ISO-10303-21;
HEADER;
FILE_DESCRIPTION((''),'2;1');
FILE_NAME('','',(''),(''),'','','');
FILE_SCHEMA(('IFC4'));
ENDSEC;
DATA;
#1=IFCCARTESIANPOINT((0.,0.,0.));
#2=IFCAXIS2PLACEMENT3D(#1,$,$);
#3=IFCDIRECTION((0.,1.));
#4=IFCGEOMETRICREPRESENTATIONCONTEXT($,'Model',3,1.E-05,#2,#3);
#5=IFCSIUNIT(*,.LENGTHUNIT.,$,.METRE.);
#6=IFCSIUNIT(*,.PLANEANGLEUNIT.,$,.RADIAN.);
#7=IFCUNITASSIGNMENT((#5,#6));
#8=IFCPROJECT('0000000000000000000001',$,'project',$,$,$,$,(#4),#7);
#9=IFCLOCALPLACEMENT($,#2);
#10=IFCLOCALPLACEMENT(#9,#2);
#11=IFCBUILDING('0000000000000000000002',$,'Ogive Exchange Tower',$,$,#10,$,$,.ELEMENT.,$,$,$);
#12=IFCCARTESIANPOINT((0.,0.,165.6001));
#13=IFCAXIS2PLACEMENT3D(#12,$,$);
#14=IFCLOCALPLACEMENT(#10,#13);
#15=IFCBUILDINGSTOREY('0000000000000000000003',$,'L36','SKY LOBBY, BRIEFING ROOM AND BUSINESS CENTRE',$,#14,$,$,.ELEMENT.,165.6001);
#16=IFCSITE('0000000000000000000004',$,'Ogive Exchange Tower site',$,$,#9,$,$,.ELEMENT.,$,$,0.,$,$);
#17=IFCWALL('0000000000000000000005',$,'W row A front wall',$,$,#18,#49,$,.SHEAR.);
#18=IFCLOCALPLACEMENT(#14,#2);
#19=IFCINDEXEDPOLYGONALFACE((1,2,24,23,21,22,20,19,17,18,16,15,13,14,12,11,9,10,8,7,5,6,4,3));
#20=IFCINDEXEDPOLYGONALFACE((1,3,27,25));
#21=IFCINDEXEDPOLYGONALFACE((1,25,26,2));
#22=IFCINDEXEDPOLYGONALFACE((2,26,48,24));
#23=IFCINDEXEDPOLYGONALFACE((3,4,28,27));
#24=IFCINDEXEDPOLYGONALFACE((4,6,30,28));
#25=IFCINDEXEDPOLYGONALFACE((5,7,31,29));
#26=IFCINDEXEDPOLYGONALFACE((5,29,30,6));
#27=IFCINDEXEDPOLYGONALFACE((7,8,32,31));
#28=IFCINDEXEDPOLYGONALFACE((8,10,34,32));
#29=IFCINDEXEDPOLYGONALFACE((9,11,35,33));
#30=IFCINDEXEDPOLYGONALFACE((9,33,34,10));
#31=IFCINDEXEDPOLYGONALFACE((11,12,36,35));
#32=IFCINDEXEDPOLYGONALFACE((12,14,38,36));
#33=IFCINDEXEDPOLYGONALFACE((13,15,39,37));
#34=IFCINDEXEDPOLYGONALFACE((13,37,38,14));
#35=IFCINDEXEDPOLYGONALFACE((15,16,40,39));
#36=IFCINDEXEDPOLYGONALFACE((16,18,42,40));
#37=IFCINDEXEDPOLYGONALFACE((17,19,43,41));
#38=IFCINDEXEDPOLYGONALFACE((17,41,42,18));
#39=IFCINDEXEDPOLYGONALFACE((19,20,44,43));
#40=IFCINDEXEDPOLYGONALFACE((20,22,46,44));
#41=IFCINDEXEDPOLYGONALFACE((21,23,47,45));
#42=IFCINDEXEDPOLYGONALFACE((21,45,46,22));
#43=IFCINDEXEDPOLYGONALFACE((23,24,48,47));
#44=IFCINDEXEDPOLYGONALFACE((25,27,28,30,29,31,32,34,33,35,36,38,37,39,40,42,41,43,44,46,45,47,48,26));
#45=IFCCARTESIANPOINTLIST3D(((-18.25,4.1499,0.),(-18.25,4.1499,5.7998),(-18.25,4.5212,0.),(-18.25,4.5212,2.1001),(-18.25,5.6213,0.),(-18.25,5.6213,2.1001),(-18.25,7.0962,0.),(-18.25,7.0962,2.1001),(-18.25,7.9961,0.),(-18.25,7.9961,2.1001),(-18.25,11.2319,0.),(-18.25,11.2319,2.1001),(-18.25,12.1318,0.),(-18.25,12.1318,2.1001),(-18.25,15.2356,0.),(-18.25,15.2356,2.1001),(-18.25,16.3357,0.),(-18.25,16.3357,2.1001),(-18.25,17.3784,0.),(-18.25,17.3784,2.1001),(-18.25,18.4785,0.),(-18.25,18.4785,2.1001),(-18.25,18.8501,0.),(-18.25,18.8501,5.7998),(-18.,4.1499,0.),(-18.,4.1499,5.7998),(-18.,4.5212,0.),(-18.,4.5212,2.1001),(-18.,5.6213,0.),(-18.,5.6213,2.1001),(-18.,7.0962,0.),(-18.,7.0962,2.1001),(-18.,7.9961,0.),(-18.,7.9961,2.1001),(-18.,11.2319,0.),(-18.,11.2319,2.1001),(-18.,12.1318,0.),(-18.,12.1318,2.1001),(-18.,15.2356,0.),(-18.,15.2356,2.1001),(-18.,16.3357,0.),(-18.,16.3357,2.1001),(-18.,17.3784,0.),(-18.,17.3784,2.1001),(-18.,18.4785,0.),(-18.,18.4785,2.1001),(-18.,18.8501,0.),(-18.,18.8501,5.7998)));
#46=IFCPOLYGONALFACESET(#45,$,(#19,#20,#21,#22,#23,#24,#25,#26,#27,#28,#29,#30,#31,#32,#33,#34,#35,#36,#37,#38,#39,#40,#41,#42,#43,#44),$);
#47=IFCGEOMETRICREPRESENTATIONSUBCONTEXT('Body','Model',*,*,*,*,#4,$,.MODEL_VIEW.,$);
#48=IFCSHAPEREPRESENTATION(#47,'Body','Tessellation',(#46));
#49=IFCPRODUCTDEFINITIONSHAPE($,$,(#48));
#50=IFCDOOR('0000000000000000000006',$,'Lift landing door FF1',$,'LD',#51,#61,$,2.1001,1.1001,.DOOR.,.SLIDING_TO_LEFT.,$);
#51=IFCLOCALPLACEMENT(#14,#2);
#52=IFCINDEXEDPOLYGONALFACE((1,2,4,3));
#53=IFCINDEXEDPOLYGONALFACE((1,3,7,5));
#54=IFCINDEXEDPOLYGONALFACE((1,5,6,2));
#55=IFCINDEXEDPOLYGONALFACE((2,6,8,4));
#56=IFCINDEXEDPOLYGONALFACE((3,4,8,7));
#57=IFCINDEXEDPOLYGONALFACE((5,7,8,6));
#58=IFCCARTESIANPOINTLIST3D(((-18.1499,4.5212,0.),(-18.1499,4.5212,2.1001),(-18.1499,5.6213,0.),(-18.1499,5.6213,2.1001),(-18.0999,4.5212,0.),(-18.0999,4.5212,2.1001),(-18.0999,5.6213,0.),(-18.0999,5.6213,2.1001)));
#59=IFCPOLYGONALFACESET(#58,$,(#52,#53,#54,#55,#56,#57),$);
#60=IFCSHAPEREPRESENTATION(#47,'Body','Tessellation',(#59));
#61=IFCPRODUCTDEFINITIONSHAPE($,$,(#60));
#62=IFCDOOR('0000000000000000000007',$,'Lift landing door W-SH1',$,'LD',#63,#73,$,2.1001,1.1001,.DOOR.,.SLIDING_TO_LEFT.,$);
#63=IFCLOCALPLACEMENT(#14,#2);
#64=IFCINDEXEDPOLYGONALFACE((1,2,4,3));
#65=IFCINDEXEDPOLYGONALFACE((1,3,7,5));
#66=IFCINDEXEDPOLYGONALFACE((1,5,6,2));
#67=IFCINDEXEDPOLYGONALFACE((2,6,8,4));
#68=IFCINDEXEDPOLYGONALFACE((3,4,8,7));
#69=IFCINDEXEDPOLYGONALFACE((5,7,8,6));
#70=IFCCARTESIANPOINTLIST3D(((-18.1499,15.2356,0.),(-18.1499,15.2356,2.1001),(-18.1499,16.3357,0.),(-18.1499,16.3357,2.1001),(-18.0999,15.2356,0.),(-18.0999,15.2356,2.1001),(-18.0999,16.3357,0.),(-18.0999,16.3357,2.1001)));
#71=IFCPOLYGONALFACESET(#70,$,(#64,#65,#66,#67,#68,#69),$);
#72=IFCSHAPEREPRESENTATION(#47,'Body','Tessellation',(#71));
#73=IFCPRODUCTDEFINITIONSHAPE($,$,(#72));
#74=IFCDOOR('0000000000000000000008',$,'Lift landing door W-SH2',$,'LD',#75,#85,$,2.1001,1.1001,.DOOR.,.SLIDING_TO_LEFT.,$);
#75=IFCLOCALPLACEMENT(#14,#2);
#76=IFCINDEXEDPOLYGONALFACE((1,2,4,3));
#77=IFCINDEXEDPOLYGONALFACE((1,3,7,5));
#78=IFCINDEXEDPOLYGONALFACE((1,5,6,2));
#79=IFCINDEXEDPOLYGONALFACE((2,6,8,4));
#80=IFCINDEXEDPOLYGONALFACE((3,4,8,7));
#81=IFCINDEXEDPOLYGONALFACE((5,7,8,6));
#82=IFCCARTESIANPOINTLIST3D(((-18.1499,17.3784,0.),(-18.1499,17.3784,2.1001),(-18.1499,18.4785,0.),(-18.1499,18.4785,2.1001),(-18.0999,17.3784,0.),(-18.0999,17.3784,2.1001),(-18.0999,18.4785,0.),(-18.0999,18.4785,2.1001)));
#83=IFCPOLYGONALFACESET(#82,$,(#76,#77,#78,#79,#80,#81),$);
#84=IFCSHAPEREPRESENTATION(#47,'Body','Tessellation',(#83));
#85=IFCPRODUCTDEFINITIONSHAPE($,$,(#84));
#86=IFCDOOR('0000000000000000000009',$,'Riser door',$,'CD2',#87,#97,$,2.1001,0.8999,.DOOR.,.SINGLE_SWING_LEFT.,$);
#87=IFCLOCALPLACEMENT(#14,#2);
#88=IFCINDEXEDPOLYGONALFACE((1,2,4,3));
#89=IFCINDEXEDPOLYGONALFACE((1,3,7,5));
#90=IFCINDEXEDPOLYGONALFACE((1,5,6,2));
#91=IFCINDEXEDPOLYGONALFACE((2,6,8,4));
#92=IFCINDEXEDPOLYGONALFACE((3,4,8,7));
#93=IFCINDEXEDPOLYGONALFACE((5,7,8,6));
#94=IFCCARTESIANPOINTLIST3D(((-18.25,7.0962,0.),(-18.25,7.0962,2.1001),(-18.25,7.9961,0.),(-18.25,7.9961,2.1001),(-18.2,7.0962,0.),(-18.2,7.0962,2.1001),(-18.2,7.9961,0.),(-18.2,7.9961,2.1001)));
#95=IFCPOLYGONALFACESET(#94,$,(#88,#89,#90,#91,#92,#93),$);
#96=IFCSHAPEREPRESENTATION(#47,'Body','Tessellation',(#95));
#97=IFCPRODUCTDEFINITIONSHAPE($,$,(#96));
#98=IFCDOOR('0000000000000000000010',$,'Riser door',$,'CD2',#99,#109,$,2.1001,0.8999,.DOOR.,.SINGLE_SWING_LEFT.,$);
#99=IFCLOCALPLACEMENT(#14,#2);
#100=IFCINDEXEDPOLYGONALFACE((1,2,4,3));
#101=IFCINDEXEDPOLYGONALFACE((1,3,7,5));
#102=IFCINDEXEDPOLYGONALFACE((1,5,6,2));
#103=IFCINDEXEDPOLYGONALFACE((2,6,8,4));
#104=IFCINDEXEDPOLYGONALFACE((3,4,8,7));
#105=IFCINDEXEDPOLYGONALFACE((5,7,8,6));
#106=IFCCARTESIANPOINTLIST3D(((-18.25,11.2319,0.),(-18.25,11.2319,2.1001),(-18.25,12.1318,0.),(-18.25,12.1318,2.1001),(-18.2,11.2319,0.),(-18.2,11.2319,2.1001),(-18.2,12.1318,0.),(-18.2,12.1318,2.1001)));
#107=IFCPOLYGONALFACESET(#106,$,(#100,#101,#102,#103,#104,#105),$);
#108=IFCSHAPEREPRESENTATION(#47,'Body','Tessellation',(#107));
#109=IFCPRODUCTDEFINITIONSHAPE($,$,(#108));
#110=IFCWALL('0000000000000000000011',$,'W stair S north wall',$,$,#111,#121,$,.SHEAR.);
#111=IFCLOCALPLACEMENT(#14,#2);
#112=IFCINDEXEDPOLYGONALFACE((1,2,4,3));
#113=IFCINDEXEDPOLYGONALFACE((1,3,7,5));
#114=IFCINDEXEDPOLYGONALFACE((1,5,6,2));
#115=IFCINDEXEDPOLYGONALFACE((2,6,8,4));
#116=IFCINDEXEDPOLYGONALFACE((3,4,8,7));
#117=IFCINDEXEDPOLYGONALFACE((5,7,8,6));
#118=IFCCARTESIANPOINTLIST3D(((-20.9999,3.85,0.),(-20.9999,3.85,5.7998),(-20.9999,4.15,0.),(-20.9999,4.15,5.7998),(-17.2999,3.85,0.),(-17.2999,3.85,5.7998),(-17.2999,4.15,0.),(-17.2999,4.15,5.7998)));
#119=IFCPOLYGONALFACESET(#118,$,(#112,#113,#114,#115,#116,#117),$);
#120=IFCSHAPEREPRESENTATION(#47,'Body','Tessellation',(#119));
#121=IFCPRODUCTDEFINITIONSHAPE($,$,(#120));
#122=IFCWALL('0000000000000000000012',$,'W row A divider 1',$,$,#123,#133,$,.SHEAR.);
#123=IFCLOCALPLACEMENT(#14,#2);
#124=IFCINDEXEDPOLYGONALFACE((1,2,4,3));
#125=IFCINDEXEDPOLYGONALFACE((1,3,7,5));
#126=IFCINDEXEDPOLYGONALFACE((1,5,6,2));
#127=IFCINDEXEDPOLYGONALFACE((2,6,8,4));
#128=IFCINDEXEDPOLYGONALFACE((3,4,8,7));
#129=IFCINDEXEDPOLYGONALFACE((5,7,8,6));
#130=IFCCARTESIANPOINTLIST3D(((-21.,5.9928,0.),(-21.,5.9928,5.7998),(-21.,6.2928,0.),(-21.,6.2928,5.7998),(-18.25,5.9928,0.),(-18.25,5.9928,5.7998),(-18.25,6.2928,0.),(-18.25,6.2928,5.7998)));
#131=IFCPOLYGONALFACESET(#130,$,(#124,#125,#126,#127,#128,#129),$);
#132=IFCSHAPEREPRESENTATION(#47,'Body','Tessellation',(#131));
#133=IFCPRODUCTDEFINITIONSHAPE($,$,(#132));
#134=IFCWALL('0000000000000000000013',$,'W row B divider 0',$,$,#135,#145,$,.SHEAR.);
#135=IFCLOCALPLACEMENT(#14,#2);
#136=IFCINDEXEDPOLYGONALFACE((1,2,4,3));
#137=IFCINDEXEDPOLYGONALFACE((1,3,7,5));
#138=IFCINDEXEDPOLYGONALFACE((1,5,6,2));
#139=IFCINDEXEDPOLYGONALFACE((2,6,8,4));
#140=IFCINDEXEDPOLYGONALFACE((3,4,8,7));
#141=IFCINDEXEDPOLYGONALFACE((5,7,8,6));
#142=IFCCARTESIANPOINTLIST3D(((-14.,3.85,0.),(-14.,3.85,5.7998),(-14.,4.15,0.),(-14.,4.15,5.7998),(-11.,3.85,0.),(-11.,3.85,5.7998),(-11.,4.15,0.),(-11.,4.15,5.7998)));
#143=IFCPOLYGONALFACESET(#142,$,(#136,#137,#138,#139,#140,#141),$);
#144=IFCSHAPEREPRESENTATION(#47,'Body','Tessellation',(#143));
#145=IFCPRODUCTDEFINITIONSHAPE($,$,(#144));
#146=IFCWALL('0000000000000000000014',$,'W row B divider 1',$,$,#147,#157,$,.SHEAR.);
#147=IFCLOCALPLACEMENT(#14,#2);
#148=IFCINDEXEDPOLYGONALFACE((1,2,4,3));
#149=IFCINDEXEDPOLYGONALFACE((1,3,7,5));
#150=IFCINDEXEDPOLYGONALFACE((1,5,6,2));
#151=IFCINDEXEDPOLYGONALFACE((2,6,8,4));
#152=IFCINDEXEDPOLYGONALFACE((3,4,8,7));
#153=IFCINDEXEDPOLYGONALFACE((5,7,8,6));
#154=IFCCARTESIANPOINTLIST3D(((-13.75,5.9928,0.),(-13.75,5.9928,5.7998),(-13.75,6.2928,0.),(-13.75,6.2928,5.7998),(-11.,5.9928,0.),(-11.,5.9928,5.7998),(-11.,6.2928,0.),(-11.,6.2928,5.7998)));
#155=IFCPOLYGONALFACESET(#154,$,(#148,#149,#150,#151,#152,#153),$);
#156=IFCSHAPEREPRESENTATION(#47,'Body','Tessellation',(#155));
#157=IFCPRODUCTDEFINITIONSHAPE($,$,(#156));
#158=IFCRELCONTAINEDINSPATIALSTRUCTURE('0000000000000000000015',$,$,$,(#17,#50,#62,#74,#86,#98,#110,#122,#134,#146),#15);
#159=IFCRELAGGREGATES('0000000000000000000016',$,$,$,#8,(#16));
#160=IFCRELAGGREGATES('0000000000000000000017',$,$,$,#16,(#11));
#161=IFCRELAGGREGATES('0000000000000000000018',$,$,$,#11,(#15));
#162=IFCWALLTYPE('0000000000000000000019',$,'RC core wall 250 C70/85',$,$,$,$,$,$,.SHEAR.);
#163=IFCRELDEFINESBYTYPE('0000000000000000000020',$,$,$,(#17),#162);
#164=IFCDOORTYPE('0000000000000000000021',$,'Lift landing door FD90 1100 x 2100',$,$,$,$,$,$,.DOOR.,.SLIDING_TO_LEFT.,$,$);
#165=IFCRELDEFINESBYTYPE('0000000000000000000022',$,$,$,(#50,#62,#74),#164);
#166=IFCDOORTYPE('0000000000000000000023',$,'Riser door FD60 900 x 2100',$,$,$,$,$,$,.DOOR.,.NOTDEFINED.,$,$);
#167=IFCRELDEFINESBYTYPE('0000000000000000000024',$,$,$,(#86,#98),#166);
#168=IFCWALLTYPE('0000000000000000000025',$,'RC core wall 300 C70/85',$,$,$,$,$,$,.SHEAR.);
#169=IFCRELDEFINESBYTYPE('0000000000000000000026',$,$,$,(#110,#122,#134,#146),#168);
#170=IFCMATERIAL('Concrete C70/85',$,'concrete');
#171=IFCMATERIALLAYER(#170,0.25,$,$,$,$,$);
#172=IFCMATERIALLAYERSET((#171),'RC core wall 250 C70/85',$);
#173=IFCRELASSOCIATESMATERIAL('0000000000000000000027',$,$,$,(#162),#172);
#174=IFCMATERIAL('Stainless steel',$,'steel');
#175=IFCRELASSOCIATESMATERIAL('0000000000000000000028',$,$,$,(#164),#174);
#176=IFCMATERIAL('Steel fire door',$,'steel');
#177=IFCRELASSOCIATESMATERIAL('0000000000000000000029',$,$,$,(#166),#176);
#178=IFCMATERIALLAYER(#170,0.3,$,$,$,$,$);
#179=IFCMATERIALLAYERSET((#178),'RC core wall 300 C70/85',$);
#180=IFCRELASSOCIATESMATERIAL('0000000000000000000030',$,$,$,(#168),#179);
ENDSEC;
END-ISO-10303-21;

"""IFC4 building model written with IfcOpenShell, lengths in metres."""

from ifc_helpers import new_model, si_unit, direction, frame, frame_2d, origin, place, context, subcontext, project, spatial, rectangle, extrude, material, layer, layer_set, type_object, element, fill, save


model = new_model("IFC4")

# Units and contexts
model_context = context("Model", 3, precision=1e-05, world=origin(), true_north=direction((0.0, 1.0)))
body_context = subcontext(model_context, "Body", "Model", "MODEL_VIEW")
ifc_project = project(units=[si_unit("LENGTHUNIT", "METRE"), si_unit("PLANEANGLEUNIT", "RADIAN")], contexts=[model_context])

# Site, building, storey
site_placement = place(None, origin())
site = spatial("IfcSite", under=ifc_project, at=site_placement, Name="Ogive Exchange Tower site", CompositionType="ELEMENT", RefElevation=0.0)
building_placement = place(site_placement, origin())
building = spatial("IfcBuilding", under=site, at=building_placement, Name="Ogive Exchange Tower", CompositionType="ELEMENT")
storey_placement = place(building_placement, frame((0.0, 0.0, 165.6001)))
storey = spatial("IfcBuildingStorey", under=building, at=storey_placement, Name="L36", Description="SKY LOBBY, BRIEFING ROOM AND BUSINESS CENTRE", CompositionType="ELEMENT", Elevation=165.6001)

# Shared definitions
ifc_material_1 = material(Name="Concrete C70/85", Category="concrete")
ifc_material_2 = material(Name="Steel fire door", Category="steel")

# Wall, openings, doors
ifc_layer_1 = layer(ifc_material_1, 0.25)
ifc_layer_set_1 = layer_set([ifc_layer_1], Name="RC core wall 250 C70/85")
wall_type_1 = type_object("IfcWallType", Name="RC core wall 250 C70/85", PredefinedType="SHEAR", material=ifc_layer_set_1)
wall_1_placement = place(storey_placement, frame((-18.125, 4.1499, 0.0), z_axis=(0.0, 0.0, 1.0), x_axis=(0.0, 1.0, 0.0)))
wall_1 = element("IfcWall", 1, at=wall_1_placement, inside=storey, type_object=wall_type_1, Name="W row A front wall", PredefinedType="SHEAR", context=body_context, shape_type="SweptSolid", body=[
    extrude(rectangle(XDim=14.7002, YDim=0.25, at=frame_2d((7.3501, 0.0))), origin(), (0.0, 0.0, 1.0), 5.7998),
])
opening_1_placement = place(wall_1_placement, frame((2.9463, 0.0, 0.0)))
opening_1 = element("IfcOpeningElement", 2, at=opening_1_placement, cuts=wall_1, PredefinedType="OPENING", context=body_context, shape_type="SweptSolid", body=[
    extrude(rectangle(XDim=0.8999, YDim=2.1001, at=frame_2d((0.45, 1.05))), frame((0.0, 0.135, 0.0), z_axis=(0.0, -1.0, 0.0), x_axis=(1.0, 0.0, 0.0)), (0.0, 0.0, 1.0), 0.27),
])
opening_2_placement = place(wall_1_placement, frame((7.082, 0.0, 0.0)))
opening_2 = element("IfcOpeningElement", 3, at=opening_2_placement, cuts=wall_1, PredefinedType="OPENING", context=body_context, shape_type="SweptSolid", body=[
    extrude(rectangle(XDim=0.8999, YDim=2.1001, at=frame_2d((0.45, 1.05))), frame((0.0, 0.135, 0.0), z_axis=(0.0, -1.0, 0.0), x_axis=(1.0, 0.0, 0.0)), (0.0, 0.0, 1.0), 0.27),
])
opening_3_placement = place(wall_1_placement, frame((0.3713, 0.0, 0.0)))
opening_3 = element("IfcOpeningElement", 4, at=opening_3_placement, cuts=wall_1, PredefinedType="OPENING", context=body_context, shape_type="SweptSolid", body=[
    extrude(rectangle(XDim=1.1001, YDim=2.1001, at=frame_2d((0.55, 1.05))), frame((0.0, 0.135, 0.0), z_axis=(0.0, -1.0, 0.0), x_axis=(1.0, 0.0, 0.0)), (0.0, 0.0, 1.0), 0.27),
])
opening_4_placement = place(wall_1_placement, frame((11.0857, 0.0, 0.0)))
opening_4 = element("IfcOpeningElement", 5, at=opening_4_placement, cuts=wall_1, PredefinedType="OPENING", context=body_context, shape_type="SweptSolid", body=[
    extrude(rectangle(XDim=1.1001, YDim=2.1001, at=frame_2d((0.55, 1.05))), frame((0.0, 0.135, 0.0), z_axis=(0.0, -1.0, 0.0), x_axis=(1.0, 0.0, 0.0)), (0.0, 0.0, 1.0), 0.27),
])
opening_5_placement = place(wall_1_placement, frame((13.2285, 0.0, 0.0)))
opening_5 = element("IfcOpeningElement", 6, at=opening_5_placement, cuts=wall_1, PredefinedType="OPENING", context=body_context, shape_type="SweptSolid", body=[
    extrude(rectangle(XDim=1.1001, YDim=2.1001, at=frame_2d((0.55, 1.05))), frame((0.0, 0.135, 0.0), z_axis=(0.0, -1.0, 0.0), x_axis=(1.0, 0.0, 0.0)), (0.0, 0.0, 1.0), 0.27),
])
ifc_material_3 = material(Name="Stainless steel", Category="steel")
door_type_1 = type_object("IfcDoorType", Name="Lift landing door FD90 1100 x 2100", OperationType="SLIDING_TO_LEFT", PredefinedType="DOOR", material=ifc_material_3)
door_1_placement = place(opening_3_placement, origin())
door_1 = element("IfcDoor", 7, at=door_1_placement, inside=storey, type_object=door_type_1, Name="Lift landing door FF1", ObjectType="LD", OperationType="SLIDING_TO_LEFT", OverallHeight=2.1001, OverallWidth=1.1001, PredefinedType="DOOR", context=body_context, shape_type="SweptSolid", body=[
    extrude(rectangle(XDim=1.1001, YDim=2.1001, at=frame_2d((0.55, 1.05))), frame((0.0, 0.0249, 0.0), z_axis=(0.0, -1.0, 0.0), x_axis=(1.0, 0.0, 0.0)), (0.0, 0.0, 1.0), 0.05),
])
fill(opening_3, door_1)
door_2_placement = place(opening_4_placement, origin())
door_2 = element("IfcDoor", 8, at=door_2_placement, inside=storey, type_object=door_type_1, Name="Lift landing door W-SH1", ObjectType="LD", OperationType="SLIDING_TO_LEFT", OverallHeight=2.1001, OverallWidth=1.1001, PredefinedType="DOOR", context=body_context, shape_type="SweptSolid", body=[
    extrude(rectangle(XDim=1.1001, YDim=2.1001, at=frame_2d((0.55, 1.05))), frame((0.0, 0.0249, 0.0), z_axis=(0.0, -1.0, 0.0), x_axis=(1.0, 0.0, 0.0)), (0.0, 0.0, 1.0), 0.05),
])
fill(opening_4, door_2)
door_3_placement = place(opening_5_placement, origin())
door_3 = element("IfcDoor", 9, at=door_3_placement, inside=storey, type_object=door_type_1, Name="Lift landing door W-SH2", ObjectType="LD", OperationType="SLIDING_TO_LEFT", OverallHeight=2.1001, OverallWidth=1.1001, PredefinedType="DOOR", context=body_context, shape_type="SweptSolid", body=[
    extrude(rectangle(XDim=1.1001, YDim=2.1001, at=frame_2d((0.55, 1.05))), frame((0.0, 0.0249, 0.0), z_axis=(0.0, -1.0, 0.0), x_axis=(1.0, 0.0, 0.0)), (0.0, 0.0, 1.0), 0.05),
])
fill(opening_5, door_3)
door_type_2 = type_object("IfcDoorType", Name="Riser door FD60 900 x 2100", OperationType="NOTDEFINED", PredefinedType="DOOR", material=ifc_material_2)
door_4_placement = place(opening_1_placement, origin())
door_4 = element("IfcDoor", 10, at=door_4_placement, inside=storey, type_object=door_type_2, Name="Riser door", ObjectType="CD2", OperationType="SINGLE_SWING_LEFT", OverallHeight=2.1001, OverallWidth=0.8999, PredefinedType="DOOR", context=body_context, shape_type="SweptSolid", body=[
    extrude(rectangle(XDim=0.8999, YDim=2.1001, at=frame_2d((0.45, 1.05))), frame((0.0, 0.125, 0.0), z_axis=(0.0, -1.0, 0.0), x_axis=(1.0, 0.0, 0.0)), (0.0, 0.0, 1.0), 0.05),
])
fill(opening_1, door_4)
door_5_placement = place(opening_2_placement, origin())
door_5 = element("IfcDoor", 11, at=door_5_placement, inside=storey, type_object=door_type_2, Name="Riser door", ObjectType="CD2", OperationType="SINGLE_SWING_LEFT", OverallHeight=2.1001, OverallWidth=0.8999, PredefinedType="DOOR", context=body_context, shape_type="SweptSolid", body=[
    extrude(rectangle(XDim=0.8999, YDim=2.1001, at=frame_2d((0.45, 1.05))), frame((0.0, 0.125, 0.0), z_axis=(0.0, -1.0, 0.0), x_axis=(1.0, 0.0, 0.0)), (0.0, 0.0, 1.0), 0.05),
])
fill(opening_2, door_5)

# Walls
ifc_layer_2 = layer(ifc_material_1, 0.3)
ifc_layer_set_2 = layer_set([ifc_layer_2], Name="RC core wall 300 C70/85")
wall_type_2 = type_object("IfcWallType", Name="RC core wall 300 C70/85", PredefinedType="SHEAR", material=ifc_layer_set_2)
wall_2_placement = place(storey_placement, frame((-21.0, 4.0, 0.0), z_axis=(0.0, 0.0, 1.0), x_axis=(1.0, 0.0, 0.0)))
element("IfcWall", 12, at=wall_2_placement, inside=storey, type_object=wall_type_2, Name="W stair S north wall", PredefinedType="SHEAR", context=body_context, shape_type="SweptSolid", body=[
    extrude(rectangle(XDim=3.7, YDim=0.3, at=frame_2d((1.8501, 0.0))), origin(), (0.0, 0.0, 1.0), 5.7998),
])
wall_3_placement = place(storey_placement, frame((-21.0, 6.1428, 0.0), z_axis=(0.0, 0.0, 1.0), x_axis=(1.0, 0.0, 0.0)))
element("IfcWall", 13, at=wall_3_placement, inside=storey, type_object=wall_type_2, Name="W row A divider 1", PredefinedType="SHEAR", context=body_context, shape_type="SweptSolid", body=[
    extrude(rectangle(XDim=2.75, YDim=0.3, at=frame_2d((1.375, 0.0))), origin(), (0.0, 0.0, 1.0), 5.7998),
])
wall_4_placement = place(storey_placement, frame((-14.0, 4.0, 0.0), z_axis=(0.0, 0.0, 1.0), x_axis=(1.0, 0.0, 0.0)))
element("IfcWall", 14, at=wall_4_placement, inside=storey, type_object=wall_type_2, Name="W row B divider 0", PredefinedType="SHEAR", context=body_context, shape_type="SweptSolid", body=[
    extrude(rectangle(XDim=3.0, YDim=0.3, at=frame_2d((1.5, 0.0))), origin(), (0.0, 0.0, 1.0), 5.7998),
])
wall_5_placement = place(storey_placement, frame((-13.75, 6.1428, 0.0), z_axis=(0.0, 0.0, 1.0), x_axis=(1.0, 0.0, 0.0)))
element("IfcWall", 15, at=wall_5_placement, inside=storey, type_object=wall_type_2, Name="W row B divider 1", PredefinedType="SHEAR", context=body_context, shape_type="SweptSolid", body=[
    extrude(rectangle(XDim=2.75, YDim=0.3, at=frame_2d((1.375, 0.0))), origin(), (0.0, 0.0, 1.0), 5.7998),
])

save(model, "model.ifc")
